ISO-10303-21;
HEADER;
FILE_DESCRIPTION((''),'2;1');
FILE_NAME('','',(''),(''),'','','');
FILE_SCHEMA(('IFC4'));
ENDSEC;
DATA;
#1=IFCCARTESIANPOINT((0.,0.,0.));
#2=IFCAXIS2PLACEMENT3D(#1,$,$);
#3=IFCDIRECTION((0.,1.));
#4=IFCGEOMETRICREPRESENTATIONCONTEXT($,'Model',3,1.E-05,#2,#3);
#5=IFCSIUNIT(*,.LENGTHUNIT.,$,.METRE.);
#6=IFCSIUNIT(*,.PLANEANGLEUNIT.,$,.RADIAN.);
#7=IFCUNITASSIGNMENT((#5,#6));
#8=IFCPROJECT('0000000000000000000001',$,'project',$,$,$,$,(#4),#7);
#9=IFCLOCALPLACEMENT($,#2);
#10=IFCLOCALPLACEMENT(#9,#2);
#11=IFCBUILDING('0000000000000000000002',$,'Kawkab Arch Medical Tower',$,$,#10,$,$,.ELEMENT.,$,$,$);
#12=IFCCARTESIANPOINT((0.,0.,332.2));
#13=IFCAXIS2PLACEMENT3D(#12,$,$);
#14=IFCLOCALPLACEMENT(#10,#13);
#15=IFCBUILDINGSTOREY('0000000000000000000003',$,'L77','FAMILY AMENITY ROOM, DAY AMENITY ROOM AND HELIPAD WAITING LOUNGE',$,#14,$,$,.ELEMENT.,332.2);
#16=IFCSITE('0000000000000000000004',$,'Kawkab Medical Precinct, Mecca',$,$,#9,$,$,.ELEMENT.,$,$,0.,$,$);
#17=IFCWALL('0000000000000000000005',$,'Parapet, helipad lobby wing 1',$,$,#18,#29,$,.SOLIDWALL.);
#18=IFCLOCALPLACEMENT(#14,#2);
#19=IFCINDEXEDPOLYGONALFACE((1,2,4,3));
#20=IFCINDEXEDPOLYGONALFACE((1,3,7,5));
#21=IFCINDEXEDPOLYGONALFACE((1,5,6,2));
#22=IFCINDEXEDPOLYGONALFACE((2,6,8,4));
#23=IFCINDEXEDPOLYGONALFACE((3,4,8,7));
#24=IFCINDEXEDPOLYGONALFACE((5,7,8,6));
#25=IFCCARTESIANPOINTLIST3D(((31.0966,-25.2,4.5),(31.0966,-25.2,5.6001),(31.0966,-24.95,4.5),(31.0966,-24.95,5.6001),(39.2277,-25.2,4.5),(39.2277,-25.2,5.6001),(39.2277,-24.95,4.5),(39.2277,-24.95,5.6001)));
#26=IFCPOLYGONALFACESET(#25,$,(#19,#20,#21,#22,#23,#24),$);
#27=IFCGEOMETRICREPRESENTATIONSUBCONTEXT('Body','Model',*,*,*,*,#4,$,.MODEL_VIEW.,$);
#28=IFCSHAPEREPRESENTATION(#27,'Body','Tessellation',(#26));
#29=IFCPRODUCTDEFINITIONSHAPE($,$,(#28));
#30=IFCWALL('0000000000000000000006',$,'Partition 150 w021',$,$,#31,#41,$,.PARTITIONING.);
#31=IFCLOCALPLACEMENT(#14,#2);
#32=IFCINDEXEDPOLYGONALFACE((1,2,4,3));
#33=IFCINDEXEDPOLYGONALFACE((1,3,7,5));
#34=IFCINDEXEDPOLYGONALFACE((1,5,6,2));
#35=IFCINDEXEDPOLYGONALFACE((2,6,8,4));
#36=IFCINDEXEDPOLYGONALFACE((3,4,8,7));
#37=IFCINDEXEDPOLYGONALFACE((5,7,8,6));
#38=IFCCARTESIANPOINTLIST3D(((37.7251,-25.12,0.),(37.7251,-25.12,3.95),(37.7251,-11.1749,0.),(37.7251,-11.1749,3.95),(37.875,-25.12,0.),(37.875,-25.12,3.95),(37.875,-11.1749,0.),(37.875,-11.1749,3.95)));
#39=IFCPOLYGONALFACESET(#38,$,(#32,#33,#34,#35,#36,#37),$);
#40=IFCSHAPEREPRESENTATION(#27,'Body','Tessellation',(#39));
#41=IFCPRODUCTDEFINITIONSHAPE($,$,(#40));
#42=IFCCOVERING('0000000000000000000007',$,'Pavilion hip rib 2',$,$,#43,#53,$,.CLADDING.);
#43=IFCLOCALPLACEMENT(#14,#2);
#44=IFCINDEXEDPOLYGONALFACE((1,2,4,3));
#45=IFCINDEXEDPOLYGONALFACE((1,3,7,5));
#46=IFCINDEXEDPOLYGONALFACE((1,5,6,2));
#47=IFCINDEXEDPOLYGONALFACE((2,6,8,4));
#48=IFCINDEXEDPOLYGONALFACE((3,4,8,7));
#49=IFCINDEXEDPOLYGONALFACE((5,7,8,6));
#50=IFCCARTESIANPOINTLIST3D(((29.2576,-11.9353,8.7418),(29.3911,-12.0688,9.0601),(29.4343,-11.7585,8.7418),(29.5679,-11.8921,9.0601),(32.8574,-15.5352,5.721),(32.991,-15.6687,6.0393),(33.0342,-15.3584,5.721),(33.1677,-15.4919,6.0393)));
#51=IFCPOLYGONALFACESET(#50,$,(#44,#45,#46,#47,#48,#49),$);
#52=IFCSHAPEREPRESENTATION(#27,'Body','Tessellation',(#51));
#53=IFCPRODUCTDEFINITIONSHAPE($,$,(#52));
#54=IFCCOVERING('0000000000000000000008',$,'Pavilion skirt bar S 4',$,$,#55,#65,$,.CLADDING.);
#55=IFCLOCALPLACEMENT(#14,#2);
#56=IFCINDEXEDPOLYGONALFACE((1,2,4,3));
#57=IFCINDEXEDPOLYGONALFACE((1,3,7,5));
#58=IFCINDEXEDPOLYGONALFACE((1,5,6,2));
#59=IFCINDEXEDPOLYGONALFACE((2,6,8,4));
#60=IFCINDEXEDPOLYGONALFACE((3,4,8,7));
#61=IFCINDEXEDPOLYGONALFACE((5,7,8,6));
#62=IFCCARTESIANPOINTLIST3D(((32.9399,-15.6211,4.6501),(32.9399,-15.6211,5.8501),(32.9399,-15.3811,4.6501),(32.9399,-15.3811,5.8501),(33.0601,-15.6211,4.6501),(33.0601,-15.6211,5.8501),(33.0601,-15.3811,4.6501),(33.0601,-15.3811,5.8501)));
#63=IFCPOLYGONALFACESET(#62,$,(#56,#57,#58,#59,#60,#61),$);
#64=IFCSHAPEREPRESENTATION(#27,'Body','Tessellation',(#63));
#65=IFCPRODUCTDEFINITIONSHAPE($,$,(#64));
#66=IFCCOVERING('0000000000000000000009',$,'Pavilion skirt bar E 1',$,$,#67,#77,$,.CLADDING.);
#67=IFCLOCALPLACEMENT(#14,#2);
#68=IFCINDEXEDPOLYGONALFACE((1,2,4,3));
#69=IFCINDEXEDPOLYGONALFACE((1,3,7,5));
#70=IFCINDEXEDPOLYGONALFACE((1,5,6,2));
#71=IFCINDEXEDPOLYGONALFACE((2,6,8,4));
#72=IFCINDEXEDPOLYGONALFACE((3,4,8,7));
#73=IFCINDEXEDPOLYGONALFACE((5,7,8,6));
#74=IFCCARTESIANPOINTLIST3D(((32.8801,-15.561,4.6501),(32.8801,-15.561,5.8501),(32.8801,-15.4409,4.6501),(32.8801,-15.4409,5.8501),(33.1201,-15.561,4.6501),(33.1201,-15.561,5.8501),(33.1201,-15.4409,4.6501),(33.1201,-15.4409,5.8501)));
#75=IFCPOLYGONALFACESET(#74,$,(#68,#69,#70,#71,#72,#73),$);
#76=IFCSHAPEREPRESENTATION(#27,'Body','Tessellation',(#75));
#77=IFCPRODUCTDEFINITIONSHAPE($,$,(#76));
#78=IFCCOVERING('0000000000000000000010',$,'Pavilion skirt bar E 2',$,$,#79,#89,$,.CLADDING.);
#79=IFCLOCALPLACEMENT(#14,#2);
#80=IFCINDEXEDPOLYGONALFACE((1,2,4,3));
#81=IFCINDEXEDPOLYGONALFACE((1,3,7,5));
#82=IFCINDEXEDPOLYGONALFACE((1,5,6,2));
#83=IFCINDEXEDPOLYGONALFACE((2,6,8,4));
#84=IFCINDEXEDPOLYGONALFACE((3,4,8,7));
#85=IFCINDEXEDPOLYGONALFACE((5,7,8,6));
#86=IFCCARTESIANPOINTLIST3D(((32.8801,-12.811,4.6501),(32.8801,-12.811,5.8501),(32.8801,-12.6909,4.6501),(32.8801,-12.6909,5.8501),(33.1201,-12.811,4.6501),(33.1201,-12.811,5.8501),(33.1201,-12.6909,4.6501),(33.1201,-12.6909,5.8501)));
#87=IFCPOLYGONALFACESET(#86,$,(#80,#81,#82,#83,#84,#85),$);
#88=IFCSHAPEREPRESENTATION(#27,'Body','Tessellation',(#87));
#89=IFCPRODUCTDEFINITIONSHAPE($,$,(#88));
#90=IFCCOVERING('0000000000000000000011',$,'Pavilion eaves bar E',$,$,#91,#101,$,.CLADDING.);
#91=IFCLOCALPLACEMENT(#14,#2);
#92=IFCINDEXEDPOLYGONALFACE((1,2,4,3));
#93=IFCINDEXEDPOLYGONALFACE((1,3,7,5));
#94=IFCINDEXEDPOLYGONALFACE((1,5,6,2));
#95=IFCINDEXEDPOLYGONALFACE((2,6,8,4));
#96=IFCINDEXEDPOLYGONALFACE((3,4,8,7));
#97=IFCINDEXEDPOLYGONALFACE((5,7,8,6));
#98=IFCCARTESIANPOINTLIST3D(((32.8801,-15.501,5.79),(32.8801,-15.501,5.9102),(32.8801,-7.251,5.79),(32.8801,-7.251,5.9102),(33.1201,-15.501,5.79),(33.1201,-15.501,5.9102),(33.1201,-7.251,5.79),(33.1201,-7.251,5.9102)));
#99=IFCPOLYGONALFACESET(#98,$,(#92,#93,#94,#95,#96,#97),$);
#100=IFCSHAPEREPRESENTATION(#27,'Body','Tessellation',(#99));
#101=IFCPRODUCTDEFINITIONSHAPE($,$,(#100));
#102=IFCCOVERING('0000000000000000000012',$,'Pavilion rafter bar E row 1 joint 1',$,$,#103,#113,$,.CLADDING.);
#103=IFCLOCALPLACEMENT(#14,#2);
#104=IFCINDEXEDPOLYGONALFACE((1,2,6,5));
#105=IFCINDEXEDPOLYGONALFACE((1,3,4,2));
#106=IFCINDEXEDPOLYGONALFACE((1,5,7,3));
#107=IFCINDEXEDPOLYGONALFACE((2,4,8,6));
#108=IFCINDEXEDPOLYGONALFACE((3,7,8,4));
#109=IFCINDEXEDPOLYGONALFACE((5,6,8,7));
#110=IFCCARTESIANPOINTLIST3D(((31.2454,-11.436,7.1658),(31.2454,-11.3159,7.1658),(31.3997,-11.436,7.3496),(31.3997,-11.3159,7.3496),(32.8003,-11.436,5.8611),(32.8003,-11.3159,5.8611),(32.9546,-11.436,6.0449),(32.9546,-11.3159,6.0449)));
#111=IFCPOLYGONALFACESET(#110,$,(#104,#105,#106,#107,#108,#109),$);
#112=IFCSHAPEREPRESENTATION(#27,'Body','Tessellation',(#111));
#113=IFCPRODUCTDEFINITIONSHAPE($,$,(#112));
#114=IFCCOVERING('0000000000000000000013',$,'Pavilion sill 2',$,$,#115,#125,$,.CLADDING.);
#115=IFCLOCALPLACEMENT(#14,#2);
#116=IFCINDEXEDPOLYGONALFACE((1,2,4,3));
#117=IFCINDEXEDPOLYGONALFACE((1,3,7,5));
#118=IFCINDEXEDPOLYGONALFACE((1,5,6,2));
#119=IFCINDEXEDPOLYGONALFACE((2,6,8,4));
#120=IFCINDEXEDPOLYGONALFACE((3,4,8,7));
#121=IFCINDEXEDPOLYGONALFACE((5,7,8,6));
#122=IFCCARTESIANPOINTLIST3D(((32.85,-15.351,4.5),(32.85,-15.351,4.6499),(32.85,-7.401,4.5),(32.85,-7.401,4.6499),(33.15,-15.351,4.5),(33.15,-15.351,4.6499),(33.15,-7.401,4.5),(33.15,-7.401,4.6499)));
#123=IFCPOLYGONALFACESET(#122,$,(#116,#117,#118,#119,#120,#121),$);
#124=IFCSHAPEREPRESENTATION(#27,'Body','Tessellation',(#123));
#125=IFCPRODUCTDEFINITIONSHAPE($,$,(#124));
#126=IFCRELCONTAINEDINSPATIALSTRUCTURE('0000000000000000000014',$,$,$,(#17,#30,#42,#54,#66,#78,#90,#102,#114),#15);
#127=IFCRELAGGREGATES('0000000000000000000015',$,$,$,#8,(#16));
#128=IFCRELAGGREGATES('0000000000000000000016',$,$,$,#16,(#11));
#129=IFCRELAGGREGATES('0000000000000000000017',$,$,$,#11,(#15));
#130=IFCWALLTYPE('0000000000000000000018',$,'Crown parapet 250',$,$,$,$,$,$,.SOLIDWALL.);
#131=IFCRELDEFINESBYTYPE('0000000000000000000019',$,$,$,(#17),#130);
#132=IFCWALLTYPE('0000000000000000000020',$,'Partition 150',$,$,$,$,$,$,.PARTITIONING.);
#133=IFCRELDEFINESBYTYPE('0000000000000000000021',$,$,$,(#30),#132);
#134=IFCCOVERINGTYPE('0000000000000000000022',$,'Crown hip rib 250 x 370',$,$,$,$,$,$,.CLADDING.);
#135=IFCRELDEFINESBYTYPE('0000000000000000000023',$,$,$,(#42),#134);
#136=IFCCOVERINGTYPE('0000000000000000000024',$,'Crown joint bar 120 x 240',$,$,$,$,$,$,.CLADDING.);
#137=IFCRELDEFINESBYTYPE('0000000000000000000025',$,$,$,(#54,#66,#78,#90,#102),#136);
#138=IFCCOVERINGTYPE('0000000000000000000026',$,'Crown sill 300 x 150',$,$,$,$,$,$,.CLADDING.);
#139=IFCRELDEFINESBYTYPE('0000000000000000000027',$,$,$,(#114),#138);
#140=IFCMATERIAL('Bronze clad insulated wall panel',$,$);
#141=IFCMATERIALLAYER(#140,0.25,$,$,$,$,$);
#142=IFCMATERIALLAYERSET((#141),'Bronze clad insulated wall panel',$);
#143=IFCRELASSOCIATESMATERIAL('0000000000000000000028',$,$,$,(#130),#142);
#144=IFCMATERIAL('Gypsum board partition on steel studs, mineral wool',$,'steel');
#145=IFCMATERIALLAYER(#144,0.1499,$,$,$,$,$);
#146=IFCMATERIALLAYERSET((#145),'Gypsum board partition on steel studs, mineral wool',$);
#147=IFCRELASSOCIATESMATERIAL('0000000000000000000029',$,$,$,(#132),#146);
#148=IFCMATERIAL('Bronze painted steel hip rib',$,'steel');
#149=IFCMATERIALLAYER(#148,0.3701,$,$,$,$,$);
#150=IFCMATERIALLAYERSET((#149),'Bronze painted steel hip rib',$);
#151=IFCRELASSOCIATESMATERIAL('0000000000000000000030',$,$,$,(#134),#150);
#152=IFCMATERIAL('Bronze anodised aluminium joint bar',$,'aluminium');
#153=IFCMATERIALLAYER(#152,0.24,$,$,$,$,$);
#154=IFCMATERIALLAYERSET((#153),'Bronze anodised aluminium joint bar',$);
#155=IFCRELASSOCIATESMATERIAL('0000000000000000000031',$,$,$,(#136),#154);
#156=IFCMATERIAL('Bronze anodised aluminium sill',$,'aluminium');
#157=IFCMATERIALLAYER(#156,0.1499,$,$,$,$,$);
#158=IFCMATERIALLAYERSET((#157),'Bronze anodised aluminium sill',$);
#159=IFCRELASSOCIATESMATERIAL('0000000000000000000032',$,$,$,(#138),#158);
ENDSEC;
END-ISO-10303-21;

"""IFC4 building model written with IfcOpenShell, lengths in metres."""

from ifc_helpers import new_model, si_unit, direction, frame, frame_2d, origin, origin_2d, place, context, subcontext, project, spatial, polyline, rectangle, outline, extrude, material, layer, layer_set, type_object, element, save


model = new_model("IFC4")

# Units and contexts
model_context = context("Model", 3, precision=1e-05, world=origin(), true_north=direction((0.0, 1.0)))
body_context = subcontext(model_context, "Body", "Model", "MODEL_VIEW")
ifc_project = project(units=[si_unit("LENGTHUNIT", "METRE"), si_unit("PLANEANGLEUNIT", "RADIAN")], contexts=[model_context])

# Site, building, storey
site_placement = place(None, origin())
site = spatial("IfcSite", under=ifc_project, at=site_placement, Name="Kawkab Medical Precinct, Mecca", CompositionType="ELEMENT", RefElevation=0.0)
building_placement = place(site_placement, origin())
building = spatial("IfcBuilding", under=site, at=building_placement, Name="Kawkab Arch Medical Tower", CompositionType="ELEMENT")
storey_placement = place(building_placement, frame((0.0, 0.0, 332.2)))
storey = spatial("IfcBuildingStorey", under=building, at=storey_placement, Name="L77", Description="FAMILY AMENITY ROOM, DAY AMENITY ROOM AND HELIPAD WAITING LOUNGE", CompositionType="ELEMENT", Elevation=332.2)

# Walls
ifc_material_1 = material(Name="Bronze clad insulated wall panel")
ifc_layer_1 = layer(ifc_material_1, 0.25)
ifc_layer_set_1 = layer_set([ifc_layer_1], Name="Bronze clad insulated wall panel")
wall_type_1 = type_object("IfcWallType", Name="Crown parapet 250", PredefinedType="SOLIDWALL", material=ifc_layer_set_1)
wall_1_placement = place(storey_placement, frame((39.2275, -25.075, 4.5), z_axis=(0.0, 0.0, 1.0), x_axis=(-1.0, 0.0, 0.0)))
element("IfcWall", 1, at=wall_1_placement, inside=storey, type_object=wall_type_1, Name="Parapet, helipad lobby wing 1", PredefinedType="SOLIDWALL", context=body_context, shape_type="SweptSolid", body=[
    extrude(rectangle(XDim=8.1311, YDim=0.25, at=frame_2d((4.0654, 0.0))), origin(), (0.0, 0.0, 1.0), 1.1001),
])
ifc_material_2 = material(Name="Gypsum board partition on steel studs, mineral wool", Category="steel")
ifc_layer_2 = layer(ifc_material_2, 0.1499)
ifc_layer_set_2 = layer_set([ifc_layer_2], Name="Gypsum board partition on steel studs, mineral wool")
wall_type_2 = type_object("IfcWallType", Name="Partition 150", PredefinedType="PARTITIONING", material=ifc_layer_set_2)
wall_2_placement = place(storey_placement, frame((37.8, -25.1201, 0.0), z_axis=(0.0, 0.0, 1.0), x_axis=(0.0, 1.0, 0.0)))
element("IfcWall", 2, at=wall_2_placement, inside=storey, type_object=wall_type_2, Name="Partition 150 w021", PredefinedType="PARTITIONING", context=body_context, shape_type="SweptSolid", body=[
    extrude(rectangle(XDim=13.9451, YDim=0.1499, at=frame_2d((6.9727, 0.0))), origin(), (0.0, 0.0, 1.0), 3.95),
])

# Coverings
ifc_material_3 = material(Name="Bronze painted steel hip rib", Category="steel")
ifc_layer_3 = layer(ifc_material_3, 0.3701)
ifc_layer_set_3 = layer_set([ifc_layer_3], Name="Bronze painted steel hip rib")
covering_type_1 = type_object("IfcCoveringType", Name="Crown hip rib 250 x 370", PredefinedType="CLADDING", material=ifc_layer_set_3)
covering_1_placement = place(storey_placement, frame((33.1677, -15.4919, 6.0393), z_axis=(0.360828, -0.360828, 0.860004), x_axis=(-0.608114, 0.608114, 0.510288)))
element("IfcCovering", 3, at=covering_1_placement, inside=storey, type_object=covering_type_1, Name="Pavilion hip rib 2", PredefinedType="CLADDING", context=body_context, shape_type="SweptSolid", body=[
    extrude(outline(polyline([(0.0, 0.0), (5.9197, 0.0), (5.9197, 0.25), (0.0, 0.25), (0.0, 0.0)])), origin(), (0.0, 0.0, -1.0), 0.3701),
])
ifc_material_4 = material(Name="Bronze anodised aluminium joint bar", Category="aluminium")
ifc_layer_4 = layer(ifc_material_4, 0.24)
ifc_layer_set_4 = layer_set([ifc_layer_4], Name="Bronze anodised aluminium joint bar")
covering_type_2 = type_object("IfcCoveringType", Name="Crown joint bar 120 x 240", PredefinedType="CLADDING", material=ifc_layer_set_4)
for number, where, z_axis, x_axis, name in (
    (4, (33.0601, -15.6211, 4.6501), (0.0, -1.0, 0.0), (0.0, 0.0, 1.0), "Pavilion skirt bar S 4"),
    (5, (33.1201, -15.4409, 4.6501), (1.0, 0.0, 0.0), (0.0, 0.0, 1.0), "Pavilion skirt bar E 1"),
    (6, (33.1201, -12.6909, 4.6501), (1.0, 0.0, 0.0), (0.0, 0.0, 1.0), "Pavilion skirt bar E 2"),
):
    element("IfcCovering", number, at=place(storey_placement, frame(where, z_axis=z_axis, x_axis=x_axis)), inside=storey, type_object=covering_type_2, Name=name, PredefinedType="CLADDING", context=body_context, shape_type="SweptSolid", body=[
        extrude(outline(polyline([(0.0, 0.0), (1.2, 0.0), (1.2, 0.1201), (0.0, 0.1201), (0.0, 0.0)])), origin(), (0.0, 0.0, -1.0), 0.24),
    ])
covering_2_placement = place(storey_placement, frame((33.1201, -15.501, 5.79), z_axis=(1.0, 0.0, 0.0), x_axis=(0.0, 1.0, 0.0)))
element("IfcCovering", 7, at=covering_2_placement, inside=storey, type_object=covering_type_2, Name="Pavilion eaves bar E", PredefinedType="CLADDING", context=body_context, shape_type="SweptSolid", body=[
    extrude(outline(polyline([(0.0, 0.0), (8.25, 0.0), (8.25, 0.1201), (0.0, 0.1201), (0.0, 0.0)])), origin(), (0.0, 0.0, -1.0), 0.24),
])
covering_3_placement = place(storey_placement, frame((32.9546, -11.3159, 6.0449), z_axis=(0.642772, 0.0, 0.766058), x_axis=(-0.766058, 0.0, 0.642772)))
element("IfcCovering", 8, at=covering_3_placement, inside=storey, type_object=covering_type_2, Name="Pavilion rafter bar E row 1 joint 1", PredefinedType="CLADDING", context=body_context, shape_type="SweptSolid", body=[
    extrude(outline(polyline([(0.0, 0.0), (2.0298, 0.0), (2.0298, 0.1201), (0.0, 0.1201), (0.0, 0.0)])), origin(), (0.0, 0.0, -1.0), 0.24),
])
ifc_material_5 = material(Name="Bronze anodised aluminium sill", Category="aluminium")
ifc_layer_5 = layer(ifc_material_5, 0.1499)
ifc_layer_set_5 = layer_set([ifc_layer_5], Name="Bronze anodised aluminium sill")
covering_type_3 = type_object("IfcCoveringType", Name="Crown sill 300 x 150", PredefinedType="CLADDING", material=ifc_layer_set_5)
covering_4_placement = place(storey_placement, frame((33.0, -11.376, 4.5), z_axis=(0.0, 0.0, 1.0), x_axis=(0.0, 1.0, 0.0)))
element("IfcCovering", 9, at=covering_4_placement, inside=storey, type_object=covering_type_3, Name="Pavilion sill 2", PredefinedType="CLADDING", context=body_context, shape_type="SweptSolid", body=[
    extrude(rectangle(XDim=7.95, YDim=0.3, at=origin_2d()), origin(), (0.0, 0.0, 1.0), 0.1499),
])

save(model, "model.ifc")
